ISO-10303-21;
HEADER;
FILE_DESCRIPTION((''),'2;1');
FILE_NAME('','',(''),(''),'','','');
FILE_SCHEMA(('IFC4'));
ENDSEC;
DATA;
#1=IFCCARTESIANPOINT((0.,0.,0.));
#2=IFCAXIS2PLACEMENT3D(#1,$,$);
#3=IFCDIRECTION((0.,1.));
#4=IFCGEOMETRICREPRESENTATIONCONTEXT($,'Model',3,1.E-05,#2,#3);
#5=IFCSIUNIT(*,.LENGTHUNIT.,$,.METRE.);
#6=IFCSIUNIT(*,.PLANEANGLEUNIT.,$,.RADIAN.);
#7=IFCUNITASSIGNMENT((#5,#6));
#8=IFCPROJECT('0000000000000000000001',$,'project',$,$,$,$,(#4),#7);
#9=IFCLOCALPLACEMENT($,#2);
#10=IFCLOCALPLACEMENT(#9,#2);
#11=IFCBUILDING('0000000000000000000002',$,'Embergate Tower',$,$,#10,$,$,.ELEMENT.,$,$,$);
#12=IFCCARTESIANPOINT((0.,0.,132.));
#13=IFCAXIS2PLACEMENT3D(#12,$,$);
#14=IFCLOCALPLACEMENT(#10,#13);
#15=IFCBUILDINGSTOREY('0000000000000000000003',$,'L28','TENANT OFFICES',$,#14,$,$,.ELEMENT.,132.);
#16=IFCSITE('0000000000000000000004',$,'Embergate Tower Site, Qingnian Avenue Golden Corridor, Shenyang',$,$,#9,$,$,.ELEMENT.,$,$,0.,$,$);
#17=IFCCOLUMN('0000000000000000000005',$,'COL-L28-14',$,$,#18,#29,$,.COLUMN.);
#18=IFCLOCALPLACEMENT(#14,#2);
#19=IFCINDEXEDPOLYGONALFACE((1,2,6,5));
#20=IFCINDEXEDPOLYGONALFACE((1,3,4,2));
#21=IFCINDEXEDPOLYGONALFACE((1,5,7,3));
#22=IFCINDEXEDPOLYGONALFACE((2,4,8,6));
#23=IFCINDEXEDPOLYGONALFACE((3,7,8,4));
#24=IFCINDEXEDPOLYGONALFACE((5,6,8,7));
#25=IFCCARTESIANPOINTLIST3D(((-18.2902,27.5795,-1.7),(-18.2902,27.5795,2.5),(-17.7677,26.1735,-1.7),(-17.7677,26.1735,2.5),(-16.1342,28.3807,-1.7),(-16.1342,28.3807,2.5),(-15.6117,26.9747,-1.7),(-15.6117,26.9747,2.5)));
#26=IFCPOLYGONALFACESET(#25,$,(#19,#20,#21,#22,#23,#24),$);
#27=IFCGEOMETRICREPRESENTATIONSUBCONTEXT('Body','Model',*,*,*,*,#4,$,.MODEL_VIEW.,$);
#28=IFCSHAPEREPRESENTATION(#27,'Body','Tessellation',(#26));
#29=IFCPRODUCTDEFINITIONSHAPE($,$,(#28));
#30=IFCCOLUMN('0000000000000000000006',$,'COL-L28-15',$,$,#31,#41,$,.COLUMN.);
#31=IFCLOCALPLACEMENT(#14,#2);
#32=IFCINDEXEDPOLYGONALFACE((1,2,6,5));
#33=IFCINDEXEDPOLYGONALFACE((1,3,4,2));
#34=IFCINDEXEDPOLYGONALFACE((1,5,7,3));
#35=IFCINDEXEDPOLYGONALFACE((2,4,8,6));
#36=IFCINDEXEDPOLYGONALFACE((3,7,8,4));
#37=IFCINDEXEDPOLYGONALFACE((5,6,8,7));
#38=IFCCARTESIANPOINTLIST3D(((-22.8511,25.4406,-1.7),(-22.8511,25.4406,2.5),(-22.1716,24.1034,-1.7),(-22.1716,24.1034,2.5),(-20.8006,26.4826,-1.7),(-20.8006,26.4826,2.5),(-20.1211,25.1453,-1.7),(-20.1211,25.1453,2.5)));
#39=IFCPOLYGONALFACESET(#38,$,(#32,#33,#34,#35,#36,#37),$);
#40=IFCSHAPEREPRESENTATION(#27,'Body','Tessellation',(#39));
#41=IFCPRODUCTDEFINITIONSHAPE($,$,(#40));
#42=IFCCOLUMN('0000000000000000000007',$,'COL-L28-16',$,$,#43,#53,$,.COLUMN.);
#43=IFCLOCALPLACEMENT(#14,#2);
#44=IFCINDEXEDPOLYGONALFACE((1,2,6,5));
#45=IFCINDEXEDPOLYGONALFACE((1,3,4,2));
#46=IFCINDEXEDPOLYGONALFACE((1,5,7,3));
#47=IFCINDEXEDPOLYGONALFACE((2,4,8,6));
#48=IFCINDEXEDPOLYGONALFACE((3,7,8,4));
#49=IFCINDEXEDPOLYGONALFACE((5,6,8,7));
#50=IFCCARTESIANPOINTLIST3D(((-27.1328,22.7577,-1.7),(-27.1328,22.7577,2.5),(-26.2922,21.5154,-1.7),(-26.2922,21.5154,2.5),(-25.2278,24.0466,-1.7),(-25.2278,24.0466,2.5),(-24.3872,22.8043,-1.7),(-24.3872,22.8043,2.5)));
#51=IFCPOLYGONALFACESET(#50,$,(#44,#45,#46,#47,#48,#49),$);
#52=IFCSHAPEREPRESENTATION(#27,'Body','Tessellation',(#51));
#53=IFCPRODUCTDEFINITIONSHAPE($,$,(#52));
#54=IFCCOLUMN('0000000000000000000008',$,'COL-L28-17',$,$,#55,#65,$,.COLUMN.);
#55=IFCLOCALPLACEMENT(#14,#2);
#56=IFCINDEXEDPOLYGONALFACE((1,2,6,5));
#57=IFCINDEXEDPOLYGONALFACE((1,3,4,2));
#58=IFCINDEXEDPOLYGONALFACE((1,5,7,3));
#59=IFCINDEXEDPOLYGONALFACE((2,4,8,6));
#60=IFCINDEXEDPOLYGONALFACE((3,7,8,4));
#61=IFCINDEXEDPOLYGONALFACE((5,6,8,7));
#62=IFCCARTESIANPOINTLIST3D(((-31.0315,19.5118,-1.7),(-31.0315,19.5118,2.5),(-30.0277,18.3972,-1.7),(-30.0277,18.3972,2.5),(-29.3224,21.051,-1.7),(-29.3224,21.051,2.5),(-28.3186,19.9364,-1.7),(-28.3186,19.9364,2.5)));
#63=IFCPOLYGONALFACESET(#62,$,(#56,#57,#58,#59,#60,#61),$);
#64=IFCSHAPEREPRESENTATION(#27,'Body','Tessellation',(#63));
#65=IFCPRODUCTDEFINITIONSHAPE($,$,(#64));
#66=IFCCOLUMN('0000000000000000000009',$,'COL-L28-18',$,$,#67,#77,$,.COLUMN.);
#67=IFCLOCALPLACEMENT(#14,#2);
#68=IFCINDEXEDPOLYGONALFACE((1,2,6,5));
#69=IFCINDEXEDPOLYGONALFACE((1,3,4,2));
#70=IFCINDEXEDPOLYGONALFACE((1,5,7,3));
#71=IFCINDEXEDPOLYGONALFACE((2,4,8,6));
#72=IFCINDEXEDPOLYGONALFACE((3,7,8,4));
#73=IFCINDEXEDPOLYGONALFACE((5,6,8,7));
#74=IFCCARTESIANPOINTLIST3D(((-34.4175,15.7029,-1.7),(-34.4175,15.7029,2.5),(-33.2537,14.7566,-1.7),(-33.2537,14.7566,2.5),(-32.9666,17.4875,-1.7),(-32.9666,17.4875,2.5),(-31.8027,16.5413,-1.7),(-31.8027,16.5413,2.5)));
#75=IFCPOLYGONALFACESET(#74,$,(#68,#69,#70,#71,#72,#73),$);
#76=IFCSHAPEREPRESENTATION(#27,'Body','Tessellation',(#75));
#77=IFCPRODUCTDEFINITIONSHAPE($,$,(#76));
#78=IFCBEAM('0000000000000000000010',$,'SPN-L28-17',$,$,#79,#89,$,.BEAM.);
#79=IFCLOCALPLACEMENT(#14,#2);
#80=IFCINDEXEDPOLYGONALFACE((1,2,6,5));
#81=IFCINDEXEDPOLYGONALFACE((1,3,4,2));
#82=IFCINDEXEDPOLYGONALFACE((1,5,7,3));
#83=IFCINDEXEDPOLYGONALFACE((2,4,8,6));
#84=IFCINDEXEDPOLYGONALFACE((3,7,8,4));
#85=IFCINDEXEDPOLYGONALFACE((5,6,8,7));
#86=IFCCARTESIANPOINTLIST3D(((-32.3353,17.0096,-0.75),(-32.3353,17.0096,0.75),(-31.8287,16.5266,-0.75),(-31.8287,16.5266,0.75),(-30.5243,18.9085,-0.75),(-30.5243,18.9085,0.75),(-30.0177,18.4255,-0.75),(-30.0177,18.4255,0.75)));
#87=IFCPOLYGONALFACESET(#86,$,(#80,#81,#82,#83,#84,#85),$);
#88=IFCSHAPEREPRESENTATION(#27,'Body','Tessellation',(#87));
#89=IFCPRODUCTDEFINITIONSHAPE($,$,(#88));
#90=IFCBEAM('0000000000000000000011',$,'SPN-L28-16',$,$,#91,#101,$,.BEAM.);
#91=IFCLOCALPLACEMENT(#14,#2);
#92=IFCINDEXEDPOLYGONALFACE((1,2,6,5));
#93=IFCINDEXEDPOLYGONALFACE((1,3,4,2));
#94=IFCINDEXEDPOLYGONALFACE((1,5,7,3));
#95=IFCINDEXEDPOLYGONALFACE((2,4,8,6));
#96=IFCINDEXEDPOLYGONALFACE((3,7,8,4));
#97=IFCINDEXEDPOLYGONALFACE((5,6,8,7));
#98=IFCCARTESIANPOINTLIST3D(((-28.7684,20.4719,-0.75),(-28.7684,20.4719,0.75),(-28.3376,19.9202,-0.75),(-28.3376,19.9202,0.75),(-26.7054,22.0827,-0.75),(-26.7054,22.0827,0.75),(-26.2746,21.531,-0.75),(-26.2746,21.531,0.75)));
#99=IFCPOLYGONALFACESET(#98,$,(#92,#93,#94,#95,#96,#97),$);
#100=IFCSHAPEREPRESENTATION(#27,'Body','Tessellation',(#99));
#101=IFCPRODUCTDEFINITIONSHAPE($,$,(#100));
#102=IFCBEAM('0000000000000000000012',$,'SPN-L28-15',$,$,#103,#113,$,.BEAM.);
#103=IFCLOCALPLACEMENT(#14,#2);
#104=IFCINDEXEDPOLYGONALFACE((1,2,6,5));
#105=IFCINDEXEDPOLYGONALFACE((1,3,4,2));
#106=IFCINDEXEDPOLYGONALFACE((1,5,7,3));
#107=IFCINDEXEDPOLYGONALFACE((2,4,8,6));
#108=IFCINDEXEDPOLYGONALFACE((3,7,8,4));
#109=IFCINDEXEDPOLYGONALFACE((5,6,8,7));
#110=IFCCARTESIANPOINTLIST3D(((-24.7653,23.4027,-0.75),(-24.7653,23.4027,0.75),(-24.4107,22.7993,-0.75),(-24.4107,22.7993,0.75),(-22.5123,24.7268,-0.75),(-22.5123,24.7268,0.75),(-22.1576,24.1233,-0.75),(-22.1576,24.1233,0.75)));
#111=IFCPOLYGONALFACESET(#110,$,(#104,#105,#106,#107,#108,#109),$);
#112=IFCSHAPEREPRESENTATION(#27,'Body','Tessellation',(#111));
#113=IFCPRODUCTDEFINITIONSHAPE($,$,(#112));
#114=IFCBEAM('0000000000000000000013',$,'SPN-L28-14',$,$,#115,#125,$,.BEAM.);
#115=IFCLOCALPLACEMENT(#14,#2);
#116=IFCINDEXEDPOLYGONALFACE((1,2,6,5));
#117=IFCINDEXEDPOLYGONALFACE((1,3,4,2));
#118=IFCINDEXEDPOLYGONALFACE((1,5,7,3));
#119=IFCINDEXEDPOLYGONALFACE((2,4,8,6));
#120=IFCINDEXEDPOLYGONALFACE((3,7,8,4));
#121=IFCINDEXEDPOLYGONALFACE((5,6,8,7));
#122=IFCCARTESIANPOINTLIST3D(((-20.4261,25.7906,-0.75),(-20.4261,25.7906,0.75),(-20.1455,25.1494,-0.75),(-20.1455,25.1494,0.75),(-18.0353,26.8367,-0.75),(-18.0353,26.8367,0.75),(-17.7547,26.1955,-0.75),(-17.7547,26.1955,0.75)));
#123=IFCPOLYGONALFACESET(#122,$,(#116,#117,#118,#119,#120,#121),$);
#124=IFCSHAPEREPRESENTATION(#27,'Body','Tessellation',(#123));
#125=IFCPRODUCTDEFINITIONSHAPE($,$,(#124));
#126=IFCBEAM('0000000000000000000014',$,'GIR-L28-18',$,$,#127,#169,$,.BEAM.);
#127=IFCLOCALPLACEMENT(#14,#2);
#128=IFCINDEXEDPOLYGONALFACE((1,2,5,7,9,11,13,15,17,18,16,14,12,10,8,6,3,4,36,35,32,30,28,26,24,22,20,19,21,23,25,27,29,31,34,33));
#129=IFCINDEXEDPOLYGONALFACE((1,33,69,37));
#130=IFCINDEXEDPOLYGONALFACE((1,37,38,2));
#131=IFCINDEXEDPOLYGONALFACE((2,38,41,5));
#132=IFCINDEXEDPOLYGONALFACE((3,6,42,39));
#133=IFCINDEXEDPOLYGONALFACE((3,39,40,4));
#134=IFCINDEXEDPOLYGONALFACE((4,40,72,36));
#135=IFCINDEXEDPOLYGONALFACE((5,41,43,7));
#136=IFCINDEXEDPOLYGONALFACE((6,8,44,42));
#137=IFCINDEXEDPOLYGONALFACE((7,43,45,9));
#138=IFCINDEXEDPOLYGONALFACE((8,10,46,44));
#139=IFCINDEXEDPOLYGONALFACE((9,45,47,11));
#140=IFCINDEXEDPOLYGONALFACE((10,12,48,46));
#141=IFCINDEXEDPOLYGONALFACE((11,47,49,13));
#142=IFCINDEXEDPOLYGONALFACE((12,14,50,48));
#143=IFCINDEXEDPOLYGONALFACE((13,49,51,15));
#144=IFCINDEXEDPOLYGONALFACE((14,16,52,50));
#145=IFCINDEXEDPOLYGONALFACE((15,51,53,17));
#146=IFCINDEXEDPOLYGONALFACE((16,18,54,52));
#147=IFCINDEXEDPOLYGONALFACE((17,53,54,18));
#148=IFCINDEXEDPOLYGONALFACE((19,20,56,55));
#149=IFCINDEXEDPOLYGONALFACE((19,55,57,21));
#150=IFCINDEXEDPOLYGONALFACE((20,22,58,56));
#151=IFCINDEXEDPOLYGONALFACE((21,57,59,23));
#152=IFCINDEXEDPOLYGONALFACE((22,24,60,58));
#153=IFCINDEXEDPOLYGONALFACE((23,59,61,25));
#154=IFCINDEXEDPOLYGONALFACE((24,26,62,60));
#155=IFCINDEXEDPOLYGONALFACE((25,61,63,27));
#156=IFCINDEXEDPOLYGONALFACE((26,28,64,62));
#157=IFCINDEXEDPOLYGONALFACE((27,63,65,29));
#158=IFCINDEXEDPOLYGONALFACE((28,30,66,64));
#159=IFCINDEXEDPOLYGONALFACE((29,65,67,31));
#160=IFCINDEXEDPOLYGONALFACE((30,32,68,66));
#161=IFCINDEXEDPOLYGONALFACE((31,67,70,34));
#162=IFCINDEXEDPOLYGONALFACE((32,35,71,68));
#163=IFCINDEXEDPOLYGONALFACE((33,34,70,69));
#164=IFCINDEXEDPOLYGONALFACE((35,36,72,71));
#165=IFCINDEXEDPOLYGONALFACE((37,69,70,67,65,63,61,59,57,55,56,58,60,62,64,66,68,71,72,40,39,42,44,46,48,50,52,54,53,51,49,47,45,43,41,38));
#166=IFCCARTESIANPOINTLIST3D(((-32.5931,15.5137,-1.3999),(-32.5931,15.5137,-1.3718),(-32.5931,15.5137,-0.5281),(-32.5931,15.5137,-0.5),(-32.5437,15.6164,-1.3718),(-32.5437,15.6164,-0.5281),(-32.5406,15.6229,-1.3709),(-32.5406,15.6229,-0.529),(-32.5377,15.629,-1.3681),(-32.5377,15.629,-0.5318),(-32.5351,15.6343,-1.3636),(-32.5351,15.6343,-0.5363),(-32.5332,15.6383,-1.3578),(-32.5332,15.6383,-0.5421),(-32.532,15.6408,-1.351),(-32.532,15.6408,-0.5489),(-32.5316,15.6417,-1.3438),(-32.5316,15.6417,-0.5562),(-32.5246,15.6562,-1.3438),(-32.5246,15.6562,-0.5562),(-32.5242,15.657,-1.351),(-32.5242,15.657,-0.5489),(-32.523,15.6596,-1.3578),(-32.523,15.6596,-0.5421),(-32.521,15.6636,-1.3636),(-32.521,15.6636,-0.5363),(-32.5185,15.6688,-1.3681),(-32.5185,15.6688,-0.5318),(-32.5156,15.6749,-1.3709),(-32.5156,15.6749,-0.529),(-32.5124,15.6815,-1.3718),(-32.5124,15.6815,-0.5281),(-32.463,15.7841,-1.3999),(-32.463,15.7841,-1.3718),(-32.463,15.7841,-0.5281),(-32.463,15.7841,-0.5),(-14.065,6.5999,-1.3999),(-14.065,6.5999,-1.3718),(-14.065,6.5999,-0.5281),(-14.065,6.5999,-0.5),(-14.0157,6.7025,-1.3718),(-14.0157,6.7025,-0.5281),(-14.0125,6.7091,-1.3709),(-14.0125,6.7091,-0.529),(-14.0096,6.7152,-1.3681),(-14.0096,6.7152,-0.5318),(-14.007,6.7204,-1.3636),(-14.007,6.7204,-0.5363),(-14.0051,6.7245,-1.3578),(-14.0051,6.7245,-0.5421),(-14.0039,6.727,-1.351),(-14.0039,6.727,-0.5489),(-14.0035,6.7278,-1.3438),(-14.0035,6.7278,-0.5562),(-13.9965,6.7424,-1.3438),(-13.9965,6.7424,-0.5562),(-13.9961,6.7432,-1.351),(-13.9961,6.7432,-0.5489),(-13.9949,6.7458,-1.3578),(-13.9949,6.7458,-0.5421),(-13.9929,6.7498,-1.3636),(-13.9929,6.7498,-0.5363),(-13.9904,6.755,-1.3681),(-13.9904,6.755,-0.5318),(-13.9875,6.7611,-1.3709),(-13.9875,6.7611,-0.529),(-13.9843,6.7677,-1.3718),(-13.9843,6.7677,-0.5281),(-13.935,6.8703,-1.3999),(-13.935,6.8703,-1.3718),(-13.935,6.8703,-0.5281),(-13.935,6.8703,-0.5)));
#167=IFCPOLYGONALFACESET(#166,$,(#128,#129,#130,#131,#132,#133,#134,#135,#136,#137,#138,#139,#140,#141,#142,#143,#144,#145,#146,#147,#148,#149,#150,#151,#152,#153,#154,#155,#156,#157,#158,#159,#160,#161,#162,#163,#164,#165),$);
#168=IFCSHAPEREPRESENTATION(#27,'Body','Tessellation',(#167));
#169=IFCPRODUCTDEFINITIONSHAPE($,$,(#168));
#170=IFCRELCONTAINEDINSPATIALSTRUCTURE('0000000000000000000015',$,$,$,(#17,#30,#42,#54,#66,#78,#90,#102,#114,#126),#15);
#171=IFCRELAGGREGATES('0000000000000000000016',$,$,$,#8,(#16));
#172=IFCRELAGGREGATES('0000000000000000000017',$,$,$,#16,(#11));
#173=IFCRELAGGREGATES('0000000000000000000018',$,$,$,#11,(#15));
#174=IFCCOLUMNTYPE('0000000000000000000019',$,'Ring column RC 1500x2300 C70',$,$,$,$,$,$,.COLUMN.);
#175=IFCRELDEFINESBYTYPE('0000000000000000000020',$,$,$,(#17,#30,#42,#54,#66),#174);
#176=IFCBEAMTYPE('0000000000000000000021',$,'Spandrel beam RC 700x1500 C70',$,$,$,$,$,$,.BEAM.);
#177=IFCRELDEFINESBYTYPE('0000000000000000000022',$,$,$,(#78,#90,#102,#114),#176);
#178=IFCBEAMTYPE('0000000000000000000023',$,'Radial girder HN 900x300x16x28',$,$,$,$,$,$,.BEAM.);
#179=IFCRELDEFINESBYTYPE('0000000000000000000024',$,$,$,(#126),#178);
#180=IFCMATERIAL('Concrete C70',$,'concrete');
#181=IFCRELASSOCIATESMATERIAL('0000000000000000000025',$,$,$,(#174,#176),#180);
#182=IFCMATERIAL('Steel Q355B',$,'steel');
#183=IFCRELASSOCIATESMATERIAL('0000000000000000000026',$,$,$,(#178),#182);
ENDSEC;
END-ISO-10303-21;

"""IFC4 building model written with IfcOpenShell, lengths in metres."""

from ifc_helpers import new_model, si_unit, direction, frame, origin, origin_2d, place, context, subcontext, project, spatial, rectangle, i_section, extrude, source, transform, mapped, material, material_profile, profile_set, type_object, element, save


model = new_model("IFC4")

# Units and contexts
model_context = context("Model", 3, precision=1e-05, world=origin(), true_north=direction((0.0, 1.0)))
body_context = subcontext(model_context, "Body", "Model", "MODEL_VIEW")
ifc_project = project(units=[si_unit("LENGTHUNIT", "METRE"), si_unit("PLANEANGLEUNIT", "RADIAN")], contexts=[model_context])

# Site, building, storey
site_placement = place(None, origin())
site = spatial("IfcSite", under=ifc_project, at=site_placement, Name="Embergate Tower Site, Qingnian Avenue Golden Corridor, Shenyang", CompositionType="ELEMENT", RefElevation=0.0)
building_placement = place(site_placement, origin())
building = spatial("IfcBuilding", under=site, at=building_placement, Name="Embergate Tower", CompositionType="ELEMENT")
storey_placement = place(building_placement, frame((0.0, 0.0, 132.0)))
storey = spatial("IfcBuildingStorey", under=building, at=storey_placement, Name="L28", Description="TENANT OFFICES", CompositionType="ELEMENT", Elevation=132.0)

# Columns
ifc_material_1 = material(Name="Concrete C70", Category="concrete")
ifc_material_profile_1 = material_profile(ifc_material_1, rectangle(XDim=1.5, YDim=2.3, at=origin_2d()), Name="RC 1500x2300")
ifc_profile_set_1 = profile_set([ifc_material_profile_1], Name="Concrete C70")
column_type = type_object("IfcColumnType", Name="Ring column RC 1500x2300 C70", PredefinedType="COLUMN", material=ifc_profile_set_1)
shared_shape_1 = source(origin(), body_context, "Body", "SweptSolid", [
    extrude(rectangle(XDim=1.5, YDim=2.3, at=origin_2d()), origin(), (0.0, 0.0, 1.0), 4.2),
])
for number, where, z_axis, x_axis, name in (
    (1, (-16.9509, 27.2771, -1.7), (0.0, 0.0, 1.0), (-0.348343, 0.937367, 0.0), "COL-L28-14"),
    (2, (-21.4861, 25.293, -1.7), (0.0, 0.0, 1.0), (-0.452995, 0.891513, 0.0), "COL-L28-15"),
    (3, (-25.76, 22.781, -1.7), (0.0, 0.0, 1.0), (-0.560393, 0.828227, 0.0), "COL-L28-16"),
    (4, (-29.675, 19.7241, -1.7), (0.0, 0.0, 1.0), (-0.669208, 0.743075, 0.0), "COL-L28-17"),
    (5, (-33.1101, 16.1221, -1.7), (0.0, 0.0, 1.0), (-0.775914, 0.630838, 0.0), "COL-L28-18"),
):
    element("IfcColumn", number, at=place(storey_placement, frame(where, z_axis=z_axis, x_axis=x_axis)), inside=storey, type_object=column_type, Name=name, PredefinedType="COLUMN", context=body_context, shape_type="MappedRepresentation", body=[
        mapped(shared_shape_1, transform((0.0, 0.0, 0.0))),
    ])

# Beams
ifc_material_profile_2 = material_profile(ifc_material_1, rectangle(XDim=0.7, YDim=1.5, at=origin_2d()), Name="RC 700x1500")
ifc_profile_set_2 = profile_set([ifc_material_profile_2], Name="Concrete C70")
beam_type_1 = type_object("IfcBeamType", Name="Spandrel beam RC 700x1500 C70", PredefinedType="BEAM", material=ifc_profile_set_2)
shared_shape_2 = source(origin(), body_context, "Body", "SweptSolid", [
    extrude(rectangle(XDim=0.7, YDim=1.5, at=origin_2d()), origin(), (0.0, 0.0, 1.0), 2.624),
])
beam_1_placement = place(storey_placement, frame((-30.271, 18.667, 0.0), z_axis=(-0.690161, -0.723655, 0.0), x_axis=(0.723655, -0.690161, 0.0)))
element("IfcBeam", 6, at=beam_1_placement, inside=storey, type_object=beam_type_1, Name="SPN-L28-17", PredefinedType="BEAM", context=body_context, shape_type="MappedRepresentation", body=[
    mapped(shared_shape_2, transform((0.0, 0.0, 0.0))),
])
shared_shape_3 = source(origin(), body_context, "Body", "SweptSolid", [
    extrude(rectangle(XDim=0.7, YDim=1.5, at=origin_2d()), origin(), (0.0, 0.0, 1.0), 2.6174),
])
beam_2_placement = place(storey_placement, frame((-26.49, 21.8069, 0.0), z_axis=(-0.788186, -0.615438, 0.0), x_axis=(0.615438, -0.788186, 0.0)))
element("IfcBeam", 7, at=beam_2_placement, inside=storey, type_object=beam_type_1, Name="SPN-L28-16", PredefinedType="BEAM", context=body_context, shape_type="MappedRepresentation", body=[
    mapped(shared_shape_3, transform((0.0, 0.0, 0.0))),
])
shared_shape_4 = source(origin(), body_context, "Body", "SweptSolid", [
    extrude(rectangle(XDim=0.7, YDim=1.5, at=origin_2d()), origin(), (0.0, 0.0, 1.0), 2.6133),
])
beam_3_placement = place(storey_placement, frame((-22.335, 24.425, 0.0), z_axis=(-0.862148, -0.506657, 0.0), x_axis=(0.506657, -0.862148, 0.0)))
element("IfcBeam", 8, at=beam_3_placement, inside=storey, type_object=beam_type_1, Name="SPN-L28-15", PredefinedType="BEAM", context=body_context, shape_type="MappedRepresentation", body=[
    mapped(shared_shape_4, transform((0.0, 0.0, 0.0))),
])
shared_shape_5 = source(origin(), body_context, "Body", "SweptSolid", [
    extrude(rectangle(XDim=0.7, YDim=1.5, at=origin_2d()), origin(), (0.0, 0.0, 1.0), 2.6096),
])
beam_4_placement = place(storey_placement, frame((-17.895, 26.5161, 0.0), z_axis=(-0.916138, -0.400863, 0.0), x_axis=(0.400863, -0.916138, 0.0)))
element("IfcBeam", 9, at=beam_4_placement, inside=storey, type_object=beam_type_1, Name="SPN-L28-14", PredefinedType="BEAM", context=body_context, shape_type="MappedRepresentation", body=[
    mapped(shared_shape_5, transform((0.0, 0.0, 0.0))),
])
ifc_material_2 = material(Name="Steel Q355B", Category="steel")
ifc_material_profile_3 = material_profile(ifc_material_2, i_section(OverallWidth=0.3, OverallDepth=0.8999, WebThickness=0.0161, FlangeThickness=0.0281, FilletRadius=0.0281, at=origin_2d()), Name="HN 900x300x16x28")
ifc_profile_set_3 = profile_set([ifc_material_profile_3], Name="Steel Q355 grade B")
beam_type_2 = type_object("IfcBeamType", Name="Radial girder HN 900x300x16x28", PredefinedType="BEAM", material=ifc_profile_set_3)
shared_shape_6 = source(origin(), body_context, "Body", "SweptSolid", [
    extrude(i_section(OverallWidth=0.3, OverallDepth=0.8999, WebThickness=0.0161, FlangeThickness=0.0281, FilletRadius=0.0281, at=origin_2d()), origin(), (0.0, 0.0, 1.0), 20.5608),
])
beam_5_placement = place(storey_placement, frame((-32.5281, 15.6489, -0.95), z_axis=(0.901137, -0.433535, 0.0), x_axis=(0.433535, 0.901137, 0.0)))
element("IfcBeam", 10, at=beam_5_placement, inside=storey, type_object=beam_type_2, Name="GIR-L28-18", PredefinedType="BEAM", context=body_context, shape_type="MappedRepresentation", body=[
    mapped(shared_shape_6, transform((0.0, 0.0, 0.0))),
])

save(model, "model.ifc")
